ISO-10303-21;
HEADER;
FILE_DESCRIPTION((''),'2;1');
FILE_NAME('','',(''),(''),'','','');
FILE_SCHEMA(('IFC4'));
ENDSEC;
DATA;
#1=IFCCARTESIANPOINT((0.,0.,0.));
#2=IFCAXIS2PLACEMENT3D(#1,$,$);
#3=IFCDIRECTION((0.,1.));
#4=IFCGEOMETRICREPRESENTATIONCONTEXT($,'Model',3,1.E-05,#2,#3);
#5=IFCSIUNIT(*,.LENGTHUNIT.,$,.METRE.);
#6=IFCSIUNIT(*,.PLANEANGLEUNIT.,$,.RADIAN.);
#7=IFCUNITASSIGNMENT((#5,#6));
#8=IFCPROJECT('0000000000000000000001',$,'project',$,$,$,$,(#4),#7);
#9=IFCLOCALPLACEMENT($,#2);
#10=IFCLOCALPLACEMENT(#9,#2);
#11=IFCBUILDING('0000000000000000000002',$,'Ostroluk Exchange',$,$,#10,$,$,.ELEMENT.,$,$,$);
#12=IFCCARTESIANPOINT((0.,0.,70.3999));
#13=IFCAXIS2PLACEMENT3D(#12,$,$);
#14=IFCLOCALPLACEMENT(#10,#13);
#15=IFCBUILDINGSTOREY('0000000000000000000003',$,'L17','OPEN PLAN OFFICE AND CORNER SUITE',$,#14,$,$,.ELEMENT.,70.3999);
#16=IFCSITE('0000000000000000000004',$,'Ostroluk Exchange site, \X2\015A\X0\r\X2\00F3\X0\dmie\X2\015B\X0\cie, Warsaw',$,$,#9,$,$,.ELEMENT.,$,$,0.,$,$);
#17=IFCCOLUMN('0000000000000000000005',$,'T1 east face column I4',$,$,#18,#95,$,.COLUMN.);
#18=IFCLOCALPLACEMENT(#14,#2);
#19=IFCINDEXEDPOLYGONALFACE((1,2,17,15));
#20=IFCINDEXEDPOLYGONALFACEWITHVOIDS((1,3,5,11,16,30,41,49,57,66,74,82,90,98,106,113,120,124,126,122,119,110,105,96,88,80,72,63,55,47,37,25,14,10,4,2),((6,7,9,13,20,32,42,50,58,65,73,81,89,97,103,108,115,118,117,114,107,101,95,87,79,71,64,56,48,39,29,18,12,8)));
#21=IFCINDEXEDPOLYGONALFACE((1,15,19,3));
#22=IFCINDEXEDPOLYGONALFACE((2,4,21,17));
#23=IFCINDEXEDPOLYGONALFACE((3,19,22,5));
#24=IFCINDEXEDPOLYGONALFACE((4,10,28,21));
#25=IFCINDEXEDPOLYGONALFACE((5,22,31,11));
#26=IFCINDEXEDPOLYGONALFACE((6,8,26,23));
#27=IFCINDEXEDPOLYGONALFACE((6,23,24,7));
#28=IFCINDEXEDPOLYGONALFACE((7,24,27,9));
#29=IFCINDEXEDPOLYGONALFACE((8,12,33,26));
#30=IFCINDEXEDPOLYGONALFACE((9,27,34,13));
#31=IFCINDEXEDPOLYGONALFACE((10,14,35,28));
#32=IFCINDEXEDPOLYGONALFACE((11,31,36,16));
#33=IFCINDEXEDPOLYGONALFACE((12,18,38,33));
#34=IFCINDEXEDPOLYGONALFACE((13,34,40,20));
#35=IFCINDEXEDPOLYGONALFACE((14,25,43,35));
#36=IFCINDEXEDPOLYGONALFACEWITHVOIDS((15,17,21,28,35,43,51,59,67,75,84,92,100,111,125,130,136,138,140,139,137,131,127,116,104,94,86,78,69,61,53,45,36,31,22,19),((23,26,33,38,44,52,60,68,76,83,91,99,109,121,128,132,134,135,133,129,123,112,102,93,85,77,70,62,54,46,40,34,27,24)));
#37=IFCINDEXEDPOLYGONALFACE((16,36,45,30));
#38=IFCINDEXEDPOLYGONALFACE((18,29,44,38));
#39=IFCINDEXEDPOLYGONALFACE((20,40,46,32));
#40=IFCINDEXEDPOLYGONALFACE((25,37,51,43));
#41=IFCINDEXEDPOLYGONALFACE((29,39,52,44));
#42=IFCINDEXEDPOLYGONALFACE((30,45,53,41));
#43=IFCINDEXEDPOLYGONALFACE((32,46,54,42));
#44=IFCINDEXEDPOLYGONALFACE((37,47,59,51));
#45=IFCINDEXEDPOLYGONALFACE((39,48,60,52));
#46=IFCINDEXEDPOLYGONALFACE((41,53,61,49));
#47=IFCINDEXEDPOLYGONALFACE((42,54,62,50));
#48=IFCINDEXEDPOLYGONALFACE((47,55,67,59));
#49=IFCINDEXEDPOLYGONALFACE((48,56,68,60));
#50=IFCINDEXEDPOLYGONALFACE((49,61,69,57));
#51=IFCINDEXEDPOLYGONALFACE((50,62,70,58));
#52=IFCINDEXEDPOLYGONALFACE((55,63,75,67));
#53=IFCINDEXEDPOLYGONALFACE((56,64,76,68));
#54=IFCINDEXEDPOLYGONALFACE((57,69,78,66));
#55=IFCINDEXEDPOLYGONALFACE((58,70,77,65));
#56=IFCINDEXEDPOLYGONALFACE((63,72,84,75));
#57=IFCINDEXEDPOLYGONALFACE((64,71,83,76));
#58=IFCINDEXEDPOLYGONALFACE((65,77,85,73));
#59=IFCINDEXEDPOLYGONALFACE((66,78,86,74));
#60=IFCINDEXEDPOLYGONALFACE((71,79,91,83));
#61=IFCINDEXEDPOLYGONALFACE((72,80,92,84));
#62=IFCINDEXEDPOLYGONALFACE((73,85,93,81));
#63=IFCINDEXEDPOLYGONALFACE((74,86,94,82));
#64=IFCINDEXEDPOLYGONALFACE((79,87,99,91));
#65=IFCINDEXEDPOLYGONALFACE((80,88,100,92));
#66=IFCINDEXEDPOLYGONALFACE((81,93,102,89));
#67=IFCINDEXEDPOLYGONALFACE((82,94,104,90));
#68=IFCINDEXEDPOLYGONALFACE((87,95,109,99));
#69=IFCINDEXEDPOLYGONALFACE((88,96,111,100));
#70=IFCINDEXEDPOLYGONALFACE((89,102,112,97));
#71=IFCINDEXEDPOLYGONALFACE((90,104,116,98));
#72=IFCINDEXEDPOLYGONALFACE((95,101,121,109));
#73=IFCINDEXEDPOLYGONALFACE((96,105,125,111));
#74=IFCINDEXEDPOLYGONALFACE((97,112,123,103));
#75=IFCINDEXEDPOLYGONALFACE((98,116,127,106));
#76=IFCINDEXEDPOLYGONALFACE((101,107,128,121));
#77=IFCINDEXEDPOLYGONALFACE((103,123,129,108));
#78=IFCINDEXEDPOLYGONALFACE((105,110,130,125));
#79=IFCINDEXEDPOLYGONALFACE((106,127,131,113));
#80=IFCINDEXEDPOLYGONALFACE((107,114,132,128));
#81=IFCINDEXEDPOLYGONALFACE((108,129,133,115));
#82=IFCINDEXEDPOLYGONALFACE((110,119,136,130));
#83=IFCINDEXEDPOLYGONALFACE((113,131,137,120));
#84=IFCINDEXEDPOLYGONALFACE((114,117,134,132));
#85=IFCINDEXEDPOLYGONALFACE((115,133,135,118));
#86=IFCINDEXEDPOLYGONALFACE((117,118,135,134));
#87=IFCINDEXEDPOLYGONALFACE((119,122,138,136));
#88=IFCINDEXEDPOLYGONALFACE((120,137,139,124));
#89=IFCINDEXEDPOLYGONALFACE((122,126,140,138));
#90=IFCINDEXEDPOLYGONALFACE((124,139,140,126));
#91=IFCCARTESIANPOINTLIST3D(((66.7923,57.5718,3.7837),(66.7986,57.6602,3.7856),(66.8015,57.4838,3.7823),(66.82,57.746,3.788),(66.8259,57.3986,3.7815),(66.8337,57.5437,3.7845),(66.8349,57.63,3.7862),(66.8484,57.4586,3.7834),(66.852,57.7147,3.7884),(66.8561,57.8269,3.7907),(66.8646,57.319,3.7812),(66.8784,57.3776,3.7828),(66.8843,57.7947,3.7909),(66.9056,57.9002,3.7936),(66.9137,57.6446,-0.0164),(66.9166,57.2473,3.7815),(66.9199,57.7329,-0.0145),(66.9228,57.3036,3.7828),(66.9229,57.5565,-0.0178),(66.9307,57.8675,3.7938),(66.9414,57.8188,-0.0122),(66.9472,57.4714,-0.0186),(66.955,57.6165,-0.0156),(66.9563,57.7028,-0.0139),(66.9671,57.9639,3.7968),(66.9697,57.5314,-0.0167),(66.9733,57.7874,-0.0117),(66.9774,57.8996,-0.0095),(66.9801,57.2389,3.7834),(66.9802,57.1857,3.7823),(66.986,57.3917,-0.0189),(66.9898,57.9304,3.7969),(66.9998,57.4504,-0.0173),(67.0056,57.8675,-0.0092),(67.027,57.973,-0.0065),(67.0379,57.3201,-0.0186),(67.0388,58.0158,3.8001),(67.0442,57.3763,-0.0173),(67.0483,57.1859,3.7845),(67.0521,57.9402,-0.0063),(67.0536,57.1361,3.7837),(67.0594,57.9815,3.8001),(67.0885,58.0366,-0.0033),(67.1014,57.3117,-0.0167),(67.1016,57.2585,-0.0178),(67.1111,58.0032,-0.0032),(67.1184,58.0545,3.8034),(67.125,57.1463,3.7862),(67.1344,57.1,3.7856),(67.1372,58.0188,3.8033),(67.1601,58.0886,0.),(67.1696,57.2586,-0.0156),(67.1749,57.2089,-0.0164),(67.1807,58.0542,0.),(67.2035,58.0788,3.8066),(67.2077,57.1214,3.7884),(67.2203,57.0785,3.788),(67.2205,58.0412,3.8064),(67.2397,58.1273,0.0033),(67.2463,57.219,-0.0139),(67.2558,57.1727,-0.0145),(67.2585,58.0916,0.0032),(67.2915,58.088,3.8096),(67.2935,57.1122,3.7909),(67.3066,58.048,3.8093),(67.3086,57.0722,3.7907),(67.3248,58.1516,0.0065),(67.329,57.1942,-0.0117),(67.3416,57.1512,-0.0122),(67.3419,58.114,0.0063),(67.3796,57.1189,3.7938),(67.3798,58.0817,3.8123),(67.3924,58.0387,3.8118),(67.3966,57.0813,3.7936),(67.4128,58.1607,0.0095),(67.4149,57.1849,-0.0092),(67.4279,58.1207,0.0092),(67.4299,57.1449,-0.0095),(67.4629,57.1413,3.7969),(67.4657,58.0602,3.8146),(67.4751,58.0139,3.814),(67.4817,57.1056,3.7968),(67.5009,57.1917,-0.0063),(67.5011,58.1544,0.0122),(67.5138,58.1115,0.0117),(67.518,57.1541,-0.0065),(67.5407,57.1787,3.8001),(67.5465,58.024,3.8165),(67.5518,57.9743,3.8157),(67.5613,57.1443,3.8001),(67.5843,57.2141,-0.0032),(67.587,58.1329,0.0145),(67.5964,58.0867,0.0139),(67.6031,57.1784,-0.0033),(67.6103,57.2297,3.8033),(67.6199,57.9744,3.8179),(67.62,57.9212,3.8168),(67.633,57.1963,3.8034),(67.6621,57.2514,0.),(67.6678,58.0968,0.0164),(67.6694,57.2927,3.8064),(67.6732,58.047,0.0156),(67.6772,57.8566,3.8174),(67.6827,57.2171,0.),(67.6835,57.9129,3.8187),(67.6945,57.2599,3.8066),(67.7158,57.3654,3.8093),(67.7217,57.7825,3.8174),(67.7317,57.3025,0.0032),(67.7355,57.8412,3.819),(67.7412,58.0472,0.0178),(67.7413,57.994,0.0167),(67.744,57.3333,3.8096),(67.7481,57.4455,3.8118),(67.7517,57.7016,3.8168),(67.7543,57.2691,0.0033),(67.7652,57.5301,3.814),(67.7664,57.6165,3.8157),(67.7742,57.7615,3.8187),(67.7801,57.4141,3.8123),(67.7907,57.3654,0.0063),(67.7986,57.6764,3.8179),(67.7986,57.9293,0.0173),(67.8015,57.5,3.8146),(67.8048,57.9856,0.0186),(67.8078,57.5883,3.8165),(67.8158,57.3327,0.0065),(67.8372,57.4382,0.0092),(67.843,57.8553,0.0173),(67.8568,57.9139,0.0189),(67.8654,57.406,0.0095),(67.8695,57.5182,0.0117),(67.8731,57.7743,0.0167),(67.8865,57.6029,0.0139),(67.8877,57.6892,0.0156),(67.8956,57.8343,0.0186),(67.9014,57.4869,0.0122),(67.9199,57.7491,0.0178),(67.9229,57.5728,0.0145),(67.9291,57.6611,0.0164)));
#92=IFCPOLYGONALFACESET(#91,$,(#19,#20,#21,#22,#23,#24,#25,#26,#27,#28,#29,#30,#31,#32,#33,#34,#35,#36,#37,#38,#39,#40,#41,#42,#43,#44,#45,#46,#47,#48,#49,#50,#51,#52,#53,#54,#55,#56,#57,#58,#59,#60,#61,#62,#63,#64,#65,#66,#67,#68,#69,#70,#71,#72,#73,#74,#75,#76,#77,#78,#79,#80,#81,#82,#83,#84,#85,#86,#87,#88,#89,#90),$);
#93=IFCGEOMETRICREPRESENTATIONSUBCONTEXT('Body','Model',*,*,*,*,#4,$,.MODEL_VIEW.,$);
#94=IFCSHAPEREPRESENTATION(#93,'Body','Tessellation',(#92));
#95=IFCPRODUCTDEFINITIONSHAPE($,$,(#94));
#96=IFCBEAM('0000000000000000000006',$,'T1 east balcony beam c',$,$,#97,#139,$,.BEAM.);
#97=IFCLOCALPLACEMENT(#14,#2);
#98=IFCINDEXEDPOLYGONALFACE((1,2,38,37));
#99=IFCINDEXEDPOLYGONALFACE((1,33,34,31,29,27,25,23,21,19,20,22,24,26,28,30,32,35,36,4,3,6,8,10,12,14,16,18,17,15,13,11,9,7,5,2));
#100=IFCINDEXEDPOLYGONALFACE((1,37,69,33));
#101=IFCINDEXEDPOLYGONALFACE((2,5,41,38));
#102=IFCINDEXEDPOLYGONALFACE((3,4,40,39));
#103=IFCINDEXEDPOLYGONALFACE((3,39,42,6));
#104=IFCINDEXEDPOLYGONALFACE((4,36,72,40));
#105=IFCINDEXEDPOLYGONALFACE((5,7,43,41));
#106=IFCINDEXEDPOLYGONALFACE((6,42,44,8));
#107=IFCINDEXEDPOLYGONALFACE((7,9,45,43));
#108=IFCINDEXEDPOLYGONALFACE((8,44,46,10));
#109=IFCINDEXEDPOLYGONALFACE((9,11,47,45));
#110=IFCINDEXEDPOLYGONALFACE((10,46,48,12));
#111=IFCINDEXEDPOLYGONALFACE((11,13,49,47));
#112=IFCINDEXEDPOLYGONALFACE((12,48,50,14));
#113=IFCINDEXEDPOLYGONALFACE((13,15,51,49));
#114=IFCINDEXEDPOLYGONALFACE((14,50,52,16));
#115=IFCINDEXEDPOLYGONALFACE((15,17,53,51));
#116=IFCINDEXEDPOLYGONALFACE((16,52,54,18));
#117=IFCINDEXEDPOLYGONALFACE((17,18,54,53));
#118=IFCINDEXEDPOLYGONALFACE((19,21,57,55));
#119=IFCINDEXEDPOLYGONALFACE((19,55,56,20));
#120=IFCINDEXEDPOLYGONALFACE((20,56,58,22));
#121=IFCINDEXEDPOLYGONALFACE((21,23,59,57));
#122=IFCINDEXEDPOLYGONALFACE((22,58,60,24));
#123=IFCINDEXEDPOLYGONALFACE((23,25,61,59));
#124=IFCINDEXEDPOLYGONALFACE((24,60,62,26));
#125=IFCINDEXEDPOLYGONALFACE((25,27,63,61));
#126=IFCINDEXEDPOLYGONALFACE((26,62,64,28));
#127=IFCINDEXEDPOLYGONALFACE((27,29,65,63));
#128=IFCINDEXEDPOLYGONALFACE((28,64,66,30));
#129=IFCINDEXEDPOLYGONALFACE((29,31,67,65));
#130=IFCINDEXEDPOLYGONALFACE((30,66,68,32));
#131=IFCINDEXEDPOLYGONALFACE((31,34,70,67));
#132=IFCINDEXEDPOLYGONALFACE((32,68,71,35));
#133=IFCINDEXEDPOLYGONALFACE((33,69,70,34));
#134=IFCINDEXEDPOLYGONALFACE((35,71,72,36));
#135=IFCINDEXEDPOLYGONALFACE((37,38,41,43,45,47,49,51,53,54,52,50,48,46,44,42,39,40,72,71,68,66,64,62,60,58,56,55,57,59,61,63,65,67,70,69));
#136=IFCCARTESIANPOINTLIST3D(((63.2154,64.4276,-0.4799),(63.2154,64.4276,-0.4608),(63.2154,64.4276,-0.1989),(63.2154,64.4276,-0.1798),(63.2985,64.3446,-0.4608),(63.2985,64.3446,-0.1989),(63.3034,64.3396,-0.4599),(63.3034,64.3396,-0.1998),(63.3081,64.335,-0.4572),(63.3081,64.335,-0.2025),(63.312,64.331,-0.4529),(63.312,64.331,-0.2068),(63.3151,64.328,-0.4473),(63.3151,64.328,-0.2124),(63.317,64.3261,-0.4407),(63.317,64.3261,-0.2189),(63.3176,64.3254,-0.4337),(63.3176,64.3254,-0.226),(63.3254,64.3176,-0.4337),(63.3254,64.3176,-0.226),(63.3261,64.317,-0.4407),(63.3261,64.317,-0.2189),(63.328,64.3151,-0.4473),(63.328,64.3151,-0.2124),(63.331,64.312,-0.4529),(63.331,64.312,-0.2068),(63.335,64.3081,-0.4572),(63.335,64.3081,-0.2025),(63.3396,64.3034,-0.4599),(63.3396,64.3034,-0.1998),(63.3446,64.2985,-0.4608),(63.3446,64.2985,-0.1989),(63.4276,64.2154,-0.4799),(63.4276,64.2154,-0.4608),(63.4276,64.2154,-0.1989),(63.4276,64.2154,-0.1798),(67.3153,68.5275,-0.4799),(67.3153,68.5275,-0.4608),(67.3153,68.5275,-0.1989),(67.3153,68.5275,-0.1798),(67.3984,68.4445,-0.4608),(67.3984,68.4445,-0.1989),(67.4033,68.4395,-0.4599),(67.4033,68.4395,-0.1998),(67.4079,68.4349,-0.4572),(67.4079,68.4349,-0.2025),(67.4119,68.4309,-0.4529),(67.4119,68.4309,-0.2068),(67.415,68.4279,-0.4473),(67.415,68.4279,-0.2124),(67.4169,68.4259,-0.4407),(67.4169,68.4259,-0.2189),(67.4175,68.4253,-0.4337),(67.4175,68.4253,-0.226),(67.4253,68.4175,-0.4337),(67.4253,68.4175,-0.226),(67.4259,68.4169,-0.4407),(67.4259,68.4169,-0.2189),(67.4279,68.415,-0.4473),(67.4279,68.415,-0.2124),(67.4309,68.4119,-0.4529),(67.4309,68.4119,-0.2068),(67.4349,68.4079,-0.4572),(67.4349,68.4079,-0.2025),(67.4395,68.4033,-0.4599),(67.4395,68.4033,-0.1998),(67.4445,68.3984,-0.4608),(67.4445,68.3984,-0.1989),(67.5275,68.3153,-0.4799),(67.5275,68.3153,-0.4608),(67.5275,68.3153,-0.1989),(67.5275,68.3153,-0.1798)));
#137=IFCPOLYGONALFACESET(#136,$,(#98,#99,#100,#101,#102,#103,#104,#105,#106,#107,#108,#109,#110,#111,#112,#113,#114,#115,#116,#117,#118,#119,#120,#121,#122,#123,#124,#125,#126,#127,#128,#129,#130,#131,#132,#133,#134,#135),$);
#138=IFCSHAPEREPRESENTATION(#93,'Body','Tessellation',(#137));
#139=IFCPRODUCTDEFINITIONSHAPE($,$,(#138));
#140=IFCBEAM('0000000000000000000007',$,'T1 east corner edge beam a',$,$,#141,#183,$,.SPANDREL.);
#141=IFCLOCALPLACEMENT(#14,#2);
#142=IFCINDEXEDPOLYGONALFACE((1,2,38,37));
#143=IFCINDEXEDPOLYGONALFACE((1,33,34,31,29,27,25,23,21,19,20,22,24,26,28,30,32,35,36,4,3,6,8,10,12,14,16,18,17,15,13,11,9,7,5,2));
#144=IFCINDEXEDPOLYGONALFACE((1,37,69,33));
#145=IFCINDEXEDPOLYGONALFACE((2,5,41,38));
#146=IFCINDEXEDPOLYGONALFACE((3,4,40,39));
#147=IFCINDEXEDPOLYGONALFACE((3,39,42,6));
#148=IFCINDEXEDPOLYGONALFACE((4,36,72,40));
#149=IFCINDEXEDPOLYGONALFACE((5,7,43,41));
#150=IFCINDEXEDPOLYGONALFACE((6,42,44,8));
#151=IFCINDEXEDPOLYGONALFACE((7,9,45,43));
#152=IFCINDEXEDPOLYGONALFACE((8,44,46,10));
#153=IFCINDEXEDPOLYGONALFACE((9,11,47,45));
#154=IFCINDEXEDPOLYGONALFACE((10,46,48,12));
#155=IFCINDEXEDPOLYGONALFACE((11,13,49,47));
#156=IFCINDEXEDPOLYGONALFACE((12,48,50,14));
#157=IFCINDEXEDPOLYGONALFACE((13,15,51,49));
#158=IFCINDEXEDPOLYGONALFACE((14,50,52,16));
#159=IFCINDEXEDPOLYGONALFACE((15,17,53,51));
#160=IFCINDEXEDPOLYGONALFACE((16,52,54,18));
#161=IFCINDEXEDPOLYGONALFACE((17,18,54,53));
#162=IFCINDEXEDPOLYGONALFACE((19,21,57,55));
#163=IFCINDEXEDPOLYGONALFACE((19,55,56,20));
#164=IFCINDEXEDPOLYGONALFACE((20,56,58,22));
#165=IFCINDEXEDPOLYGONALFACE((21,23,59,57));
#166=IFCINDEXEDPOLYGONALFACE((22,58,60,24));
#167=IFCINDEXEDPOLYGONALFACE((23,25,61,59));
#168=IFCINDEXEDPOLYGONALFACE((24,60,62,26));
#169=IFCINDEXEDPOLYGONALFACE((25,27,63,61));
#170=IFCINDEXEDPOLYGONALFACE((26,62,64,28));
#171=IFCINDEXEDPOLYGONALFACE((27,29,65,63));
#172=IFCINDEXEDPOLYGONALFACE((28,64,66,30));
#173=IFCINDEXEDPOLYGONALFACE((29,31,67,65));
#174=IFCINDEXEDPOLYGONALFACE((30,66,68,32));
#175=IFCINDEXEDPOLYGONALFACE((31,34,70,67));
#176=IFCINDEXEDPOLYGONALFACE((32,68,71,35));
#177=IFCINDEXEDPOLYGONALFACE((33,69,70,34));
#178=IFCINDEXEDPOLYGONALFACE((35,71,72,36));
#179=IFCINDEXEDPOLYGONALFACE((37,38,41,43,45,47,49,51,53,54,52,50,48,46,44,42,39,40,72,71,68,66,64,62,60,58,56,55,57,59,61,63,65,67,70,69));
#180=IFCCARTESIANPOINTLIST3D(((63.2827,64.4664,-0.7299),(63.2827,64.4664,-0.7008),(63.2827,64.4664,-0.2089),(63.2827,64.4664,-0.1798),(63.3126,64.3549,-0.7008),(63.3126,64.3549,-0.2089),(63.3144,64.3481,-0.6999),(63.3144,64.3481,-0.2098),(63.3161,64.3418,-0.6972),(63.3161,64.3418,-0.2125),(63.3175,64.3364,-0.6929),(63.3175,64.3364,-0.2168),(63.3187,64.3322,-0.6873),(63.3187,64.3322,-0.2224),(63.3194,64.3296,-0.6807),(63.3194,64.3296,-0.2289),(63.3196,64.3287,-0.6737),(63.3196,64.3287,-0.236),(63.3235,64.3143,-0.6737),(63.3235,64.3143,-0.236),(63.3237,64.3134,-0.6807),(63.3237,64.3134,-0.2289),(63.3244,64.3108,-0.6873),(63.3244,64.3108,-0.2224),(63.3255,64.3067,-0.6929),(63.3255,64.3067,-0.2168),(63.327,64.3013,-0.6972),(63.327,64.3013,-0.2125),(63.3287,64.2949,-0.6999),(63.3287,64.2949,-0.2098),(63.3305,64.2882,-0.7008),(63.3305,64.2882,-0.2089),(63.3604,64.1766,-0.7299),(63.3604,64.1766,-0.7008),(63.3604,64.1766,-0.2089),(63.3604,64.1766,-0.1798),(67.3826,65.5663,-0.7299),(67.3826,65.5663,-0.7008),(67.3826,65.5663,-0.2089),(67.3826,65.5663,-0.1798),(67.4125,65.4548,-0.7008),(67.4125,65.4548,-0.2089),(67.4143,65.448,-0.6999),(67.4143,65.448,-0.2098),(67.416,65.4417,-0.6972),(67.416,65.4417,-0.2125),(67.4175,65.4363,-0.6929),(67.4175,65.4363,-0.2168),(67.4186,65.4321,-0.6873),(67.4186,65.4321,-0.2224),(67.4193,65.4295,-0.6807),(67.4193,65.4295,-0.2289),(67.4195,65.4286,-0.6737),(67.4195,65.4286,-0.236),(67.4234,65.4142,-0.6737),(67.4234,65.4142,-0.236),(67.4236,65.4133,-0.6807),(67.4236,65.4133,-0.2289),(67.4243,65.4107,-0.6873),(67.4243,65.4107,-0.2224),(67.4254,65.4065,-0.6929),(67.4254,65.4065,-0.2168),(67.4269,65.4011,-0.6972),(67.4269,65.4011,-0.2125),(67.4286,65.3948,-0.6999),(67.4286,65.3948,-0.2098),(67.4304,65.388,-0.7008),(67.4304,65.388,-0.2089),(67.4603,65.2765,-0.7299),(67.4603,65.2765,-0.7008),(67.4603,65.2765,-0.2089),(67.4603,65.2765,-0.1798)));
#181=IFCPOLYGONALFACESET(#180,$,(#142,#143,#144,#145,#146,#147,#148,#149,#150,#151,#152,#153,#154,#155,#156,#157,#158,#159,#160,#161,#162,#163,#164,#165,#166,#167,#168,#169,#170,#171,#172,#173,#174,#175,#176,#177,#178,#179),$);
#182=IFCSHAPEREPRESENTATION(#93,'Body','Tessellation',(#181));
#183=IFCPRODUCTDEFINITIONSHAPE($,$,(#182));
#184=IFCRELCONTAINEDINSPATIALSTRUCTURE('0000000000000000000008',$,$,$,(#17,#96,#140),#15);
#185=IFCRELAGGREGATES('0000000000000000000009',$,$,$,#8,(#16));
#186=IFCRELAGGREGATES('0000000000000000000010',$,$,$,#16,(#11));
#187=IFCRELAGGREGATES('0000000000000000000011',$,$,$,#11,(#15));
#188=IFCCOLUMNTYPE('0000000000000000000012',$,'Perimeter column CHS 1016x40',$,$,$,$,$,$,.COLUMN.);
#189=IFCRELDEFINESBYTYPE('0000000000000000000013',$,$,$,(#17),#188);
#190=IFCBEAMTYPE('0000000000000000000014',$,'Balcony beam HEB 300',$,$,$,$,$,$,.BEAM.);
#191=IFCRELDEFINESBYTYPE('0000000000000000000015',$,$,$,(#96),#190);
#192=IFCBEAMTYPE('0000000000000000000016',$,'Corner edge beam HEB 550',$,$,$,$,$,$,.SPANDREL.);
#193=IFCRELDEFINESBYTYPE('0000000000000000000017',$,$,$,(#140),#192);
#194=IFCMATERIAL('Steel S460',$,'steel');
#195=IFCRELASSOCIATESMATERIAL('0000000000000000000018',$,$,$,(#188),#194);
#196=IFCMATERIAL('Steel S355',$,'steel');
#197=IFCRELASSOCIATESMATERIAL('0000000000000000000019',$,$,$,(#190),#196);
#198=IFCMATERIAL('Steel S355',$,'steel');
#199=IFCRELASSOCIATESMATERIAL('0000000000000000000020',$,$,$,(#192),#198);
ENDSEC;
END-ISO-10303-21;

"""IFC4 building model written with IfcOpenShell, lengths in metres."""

from ifc_helpers import new_model, si_unit, direction, frame, origin, origin_2d, place, context, subcontext, project, spatial, hollow_circle, i_section, extrude, material, material_profile, profile_set, type_object, element, save


model = new_model("IFC4")

# Units and contexts
model_context = context("Model", 3, precision=1e-05, world=origin(), true_north=direction((0.0, 1.0)))
body_context = subcontext(model_context, "Body", "Model", "MODEL_VIEW")
ifc_project = project(units=[si_unit("LENGTHUNIT", "METRE"), si_unit("PLANEANGLEUNIT", "RADIAN")], contexts=[model_context])

# Site, building, storey
site_placement = place(None, origin())
site = spatial("IfcSite", under=ifc_project, at=site_placement, Name="Ostroluk Exchange site, Śródmieście, Warsaw", CompositionType="ELEMENT", RefElevation=0.0)
building_placement = place(site_placement, origin())
building = spatial("IfcBuilding", under=site, at=building_placement, Name="Ostroluk Exchange", CompositionType="ELEMENT")
storey_placement = place(building_placement, frame((0.0, 0.0, 70.3999)))
storey = spatial("IfcBuildingStorey", under=building, at=storey_placement, Name="L17", Description="OPEN PLAN OFFICE AND CORNER SUITE", CompositionType="ELEMENT", Elevation=70.3999)

# Column
ifc_material_1 = material(Name="Steel S460", Category="steel")
ifc_material_profile_1 = material_profile(ifc_material_1, hollow_circle(Radius=0.5081, WallThickness=0.04, at=origin_2d()), Name="CHS 1016x40")
ifc_profile_set_1 = profile_set([ifc_material_profile_1], Name="Steel S460")
column_type_1 = type_object("IfcColumnType", Name="Perimeter column CHS 1016x40", PredefinedType="COLUMN", material=ifc_profile_set_1)
column_1_placement = place(storey_placement, frame((67.4214, 57.6528, 0.0), z_axis=(-0.031909, -0.019132, 0.999308), x_axis=(0.514242, -0.857645, 0.0)))
element("IfcColumn", 1, at=column_1_placement, inside=storey, type_object=column_type_1, Name="T1 east face column I4", PredefinedType="COLUMN", context=body_context, shape_type="SweptSolid", body=[
    extrude(hollow_circle(Radius=0.5081, WallThickness=0.04, at=origin_2d()), origin(), (0.0, 0.0, 1.0), 3.8027),
])

# Beams
ifc_material_2 = material(Name="Steel S355", Category="steel")
ifc_material_profile_2 = material_profile(ifc_material_2, i_section(OverallWidth=0.3, OverallDepth=0.3, WebThickness=0.011, FlangeThickness=0.019, FilletRadius=0.0271, at=origin_2d()), Name="HEB 300")
ifc_profile_set_2 = profile_set([ifc_material_profile_2], Name="Steel S355")
beam_type_1 = type_object("IfcBeamType", Name="Balcony beam HEB 300", PredefinedType="BEAM", material=ifc_profile_set_2)
beam_1_placement = place(storey_placement, frame((63.3215, 64.3215, -0.3298), z_axis=(0.707107, 0.707107, 0.0), x_axis=(-0.707107, 0.707107, 0.0)))
element("IfcBeam", 2, at=beam_1_placement, inside=storey, type_object=beam_type_1, Name="T1 east balcony beam c", PredefinedType="BEAM", context=body_context, shape_type="SweptSolid", body=[
    extrude(i_section(OverallWidth=0.3, OverallDepth=0.3, WebThickness=0.011, FlangeThickness=0.019, FilletRadius=0.0271, at=origin_2d()), origin(), (0.0, 0.0, 1.0), 5.7981),
])
ifc_material_3 = material(Name="Steel S355", Category="steel")
ifc_material_profile_3 = material_profile(ifc_material_3, i_section(OverallWidth=0.3, OverallDepth=0.55, WebThickness=0.0149, FlangeThickness=0.0291, FilletRadius=0.0271, at=origin_2d()), Name="HEB 550")
ifc_profile_set_3 = profile_set([ifc_material_profile_3], Name="Steel S355")
beam_type_2 = type_object("IfcBeamType", Name="Corner edge beam HEB 550", PredefinedType="SPANDREL", material=ifc_profile_set_3)
for number, where, z_axis, x_axis, name in (
    (3, (63.3215, 64.3215, -0.4548), (0.965849, 0.259105, 0.0), (-0.259105, 0.965849, 0.0), "T1 east corner edge beam a"),
):
    element("IfcBeam", number, at=place(storey_placement, frame(where, z_axis=z_axis, x_axis=x_axis)), inside=storey, type_object=beam_type_2, Name=name, PredefinedType="SPANDREL", context=body_context, shape_type="SweptSolid", body=[
        extrude(i_section(OverallWidth=0.3, OverallDepth=0.55, WebThickness=0.0149, FlangeThickness=0.0291, FilletRadius=0.0271, at=origin_2d()), origin(), (0.0, 0.0, 1.0), 4.2449),
    ])

save(model, "model.ifc")
